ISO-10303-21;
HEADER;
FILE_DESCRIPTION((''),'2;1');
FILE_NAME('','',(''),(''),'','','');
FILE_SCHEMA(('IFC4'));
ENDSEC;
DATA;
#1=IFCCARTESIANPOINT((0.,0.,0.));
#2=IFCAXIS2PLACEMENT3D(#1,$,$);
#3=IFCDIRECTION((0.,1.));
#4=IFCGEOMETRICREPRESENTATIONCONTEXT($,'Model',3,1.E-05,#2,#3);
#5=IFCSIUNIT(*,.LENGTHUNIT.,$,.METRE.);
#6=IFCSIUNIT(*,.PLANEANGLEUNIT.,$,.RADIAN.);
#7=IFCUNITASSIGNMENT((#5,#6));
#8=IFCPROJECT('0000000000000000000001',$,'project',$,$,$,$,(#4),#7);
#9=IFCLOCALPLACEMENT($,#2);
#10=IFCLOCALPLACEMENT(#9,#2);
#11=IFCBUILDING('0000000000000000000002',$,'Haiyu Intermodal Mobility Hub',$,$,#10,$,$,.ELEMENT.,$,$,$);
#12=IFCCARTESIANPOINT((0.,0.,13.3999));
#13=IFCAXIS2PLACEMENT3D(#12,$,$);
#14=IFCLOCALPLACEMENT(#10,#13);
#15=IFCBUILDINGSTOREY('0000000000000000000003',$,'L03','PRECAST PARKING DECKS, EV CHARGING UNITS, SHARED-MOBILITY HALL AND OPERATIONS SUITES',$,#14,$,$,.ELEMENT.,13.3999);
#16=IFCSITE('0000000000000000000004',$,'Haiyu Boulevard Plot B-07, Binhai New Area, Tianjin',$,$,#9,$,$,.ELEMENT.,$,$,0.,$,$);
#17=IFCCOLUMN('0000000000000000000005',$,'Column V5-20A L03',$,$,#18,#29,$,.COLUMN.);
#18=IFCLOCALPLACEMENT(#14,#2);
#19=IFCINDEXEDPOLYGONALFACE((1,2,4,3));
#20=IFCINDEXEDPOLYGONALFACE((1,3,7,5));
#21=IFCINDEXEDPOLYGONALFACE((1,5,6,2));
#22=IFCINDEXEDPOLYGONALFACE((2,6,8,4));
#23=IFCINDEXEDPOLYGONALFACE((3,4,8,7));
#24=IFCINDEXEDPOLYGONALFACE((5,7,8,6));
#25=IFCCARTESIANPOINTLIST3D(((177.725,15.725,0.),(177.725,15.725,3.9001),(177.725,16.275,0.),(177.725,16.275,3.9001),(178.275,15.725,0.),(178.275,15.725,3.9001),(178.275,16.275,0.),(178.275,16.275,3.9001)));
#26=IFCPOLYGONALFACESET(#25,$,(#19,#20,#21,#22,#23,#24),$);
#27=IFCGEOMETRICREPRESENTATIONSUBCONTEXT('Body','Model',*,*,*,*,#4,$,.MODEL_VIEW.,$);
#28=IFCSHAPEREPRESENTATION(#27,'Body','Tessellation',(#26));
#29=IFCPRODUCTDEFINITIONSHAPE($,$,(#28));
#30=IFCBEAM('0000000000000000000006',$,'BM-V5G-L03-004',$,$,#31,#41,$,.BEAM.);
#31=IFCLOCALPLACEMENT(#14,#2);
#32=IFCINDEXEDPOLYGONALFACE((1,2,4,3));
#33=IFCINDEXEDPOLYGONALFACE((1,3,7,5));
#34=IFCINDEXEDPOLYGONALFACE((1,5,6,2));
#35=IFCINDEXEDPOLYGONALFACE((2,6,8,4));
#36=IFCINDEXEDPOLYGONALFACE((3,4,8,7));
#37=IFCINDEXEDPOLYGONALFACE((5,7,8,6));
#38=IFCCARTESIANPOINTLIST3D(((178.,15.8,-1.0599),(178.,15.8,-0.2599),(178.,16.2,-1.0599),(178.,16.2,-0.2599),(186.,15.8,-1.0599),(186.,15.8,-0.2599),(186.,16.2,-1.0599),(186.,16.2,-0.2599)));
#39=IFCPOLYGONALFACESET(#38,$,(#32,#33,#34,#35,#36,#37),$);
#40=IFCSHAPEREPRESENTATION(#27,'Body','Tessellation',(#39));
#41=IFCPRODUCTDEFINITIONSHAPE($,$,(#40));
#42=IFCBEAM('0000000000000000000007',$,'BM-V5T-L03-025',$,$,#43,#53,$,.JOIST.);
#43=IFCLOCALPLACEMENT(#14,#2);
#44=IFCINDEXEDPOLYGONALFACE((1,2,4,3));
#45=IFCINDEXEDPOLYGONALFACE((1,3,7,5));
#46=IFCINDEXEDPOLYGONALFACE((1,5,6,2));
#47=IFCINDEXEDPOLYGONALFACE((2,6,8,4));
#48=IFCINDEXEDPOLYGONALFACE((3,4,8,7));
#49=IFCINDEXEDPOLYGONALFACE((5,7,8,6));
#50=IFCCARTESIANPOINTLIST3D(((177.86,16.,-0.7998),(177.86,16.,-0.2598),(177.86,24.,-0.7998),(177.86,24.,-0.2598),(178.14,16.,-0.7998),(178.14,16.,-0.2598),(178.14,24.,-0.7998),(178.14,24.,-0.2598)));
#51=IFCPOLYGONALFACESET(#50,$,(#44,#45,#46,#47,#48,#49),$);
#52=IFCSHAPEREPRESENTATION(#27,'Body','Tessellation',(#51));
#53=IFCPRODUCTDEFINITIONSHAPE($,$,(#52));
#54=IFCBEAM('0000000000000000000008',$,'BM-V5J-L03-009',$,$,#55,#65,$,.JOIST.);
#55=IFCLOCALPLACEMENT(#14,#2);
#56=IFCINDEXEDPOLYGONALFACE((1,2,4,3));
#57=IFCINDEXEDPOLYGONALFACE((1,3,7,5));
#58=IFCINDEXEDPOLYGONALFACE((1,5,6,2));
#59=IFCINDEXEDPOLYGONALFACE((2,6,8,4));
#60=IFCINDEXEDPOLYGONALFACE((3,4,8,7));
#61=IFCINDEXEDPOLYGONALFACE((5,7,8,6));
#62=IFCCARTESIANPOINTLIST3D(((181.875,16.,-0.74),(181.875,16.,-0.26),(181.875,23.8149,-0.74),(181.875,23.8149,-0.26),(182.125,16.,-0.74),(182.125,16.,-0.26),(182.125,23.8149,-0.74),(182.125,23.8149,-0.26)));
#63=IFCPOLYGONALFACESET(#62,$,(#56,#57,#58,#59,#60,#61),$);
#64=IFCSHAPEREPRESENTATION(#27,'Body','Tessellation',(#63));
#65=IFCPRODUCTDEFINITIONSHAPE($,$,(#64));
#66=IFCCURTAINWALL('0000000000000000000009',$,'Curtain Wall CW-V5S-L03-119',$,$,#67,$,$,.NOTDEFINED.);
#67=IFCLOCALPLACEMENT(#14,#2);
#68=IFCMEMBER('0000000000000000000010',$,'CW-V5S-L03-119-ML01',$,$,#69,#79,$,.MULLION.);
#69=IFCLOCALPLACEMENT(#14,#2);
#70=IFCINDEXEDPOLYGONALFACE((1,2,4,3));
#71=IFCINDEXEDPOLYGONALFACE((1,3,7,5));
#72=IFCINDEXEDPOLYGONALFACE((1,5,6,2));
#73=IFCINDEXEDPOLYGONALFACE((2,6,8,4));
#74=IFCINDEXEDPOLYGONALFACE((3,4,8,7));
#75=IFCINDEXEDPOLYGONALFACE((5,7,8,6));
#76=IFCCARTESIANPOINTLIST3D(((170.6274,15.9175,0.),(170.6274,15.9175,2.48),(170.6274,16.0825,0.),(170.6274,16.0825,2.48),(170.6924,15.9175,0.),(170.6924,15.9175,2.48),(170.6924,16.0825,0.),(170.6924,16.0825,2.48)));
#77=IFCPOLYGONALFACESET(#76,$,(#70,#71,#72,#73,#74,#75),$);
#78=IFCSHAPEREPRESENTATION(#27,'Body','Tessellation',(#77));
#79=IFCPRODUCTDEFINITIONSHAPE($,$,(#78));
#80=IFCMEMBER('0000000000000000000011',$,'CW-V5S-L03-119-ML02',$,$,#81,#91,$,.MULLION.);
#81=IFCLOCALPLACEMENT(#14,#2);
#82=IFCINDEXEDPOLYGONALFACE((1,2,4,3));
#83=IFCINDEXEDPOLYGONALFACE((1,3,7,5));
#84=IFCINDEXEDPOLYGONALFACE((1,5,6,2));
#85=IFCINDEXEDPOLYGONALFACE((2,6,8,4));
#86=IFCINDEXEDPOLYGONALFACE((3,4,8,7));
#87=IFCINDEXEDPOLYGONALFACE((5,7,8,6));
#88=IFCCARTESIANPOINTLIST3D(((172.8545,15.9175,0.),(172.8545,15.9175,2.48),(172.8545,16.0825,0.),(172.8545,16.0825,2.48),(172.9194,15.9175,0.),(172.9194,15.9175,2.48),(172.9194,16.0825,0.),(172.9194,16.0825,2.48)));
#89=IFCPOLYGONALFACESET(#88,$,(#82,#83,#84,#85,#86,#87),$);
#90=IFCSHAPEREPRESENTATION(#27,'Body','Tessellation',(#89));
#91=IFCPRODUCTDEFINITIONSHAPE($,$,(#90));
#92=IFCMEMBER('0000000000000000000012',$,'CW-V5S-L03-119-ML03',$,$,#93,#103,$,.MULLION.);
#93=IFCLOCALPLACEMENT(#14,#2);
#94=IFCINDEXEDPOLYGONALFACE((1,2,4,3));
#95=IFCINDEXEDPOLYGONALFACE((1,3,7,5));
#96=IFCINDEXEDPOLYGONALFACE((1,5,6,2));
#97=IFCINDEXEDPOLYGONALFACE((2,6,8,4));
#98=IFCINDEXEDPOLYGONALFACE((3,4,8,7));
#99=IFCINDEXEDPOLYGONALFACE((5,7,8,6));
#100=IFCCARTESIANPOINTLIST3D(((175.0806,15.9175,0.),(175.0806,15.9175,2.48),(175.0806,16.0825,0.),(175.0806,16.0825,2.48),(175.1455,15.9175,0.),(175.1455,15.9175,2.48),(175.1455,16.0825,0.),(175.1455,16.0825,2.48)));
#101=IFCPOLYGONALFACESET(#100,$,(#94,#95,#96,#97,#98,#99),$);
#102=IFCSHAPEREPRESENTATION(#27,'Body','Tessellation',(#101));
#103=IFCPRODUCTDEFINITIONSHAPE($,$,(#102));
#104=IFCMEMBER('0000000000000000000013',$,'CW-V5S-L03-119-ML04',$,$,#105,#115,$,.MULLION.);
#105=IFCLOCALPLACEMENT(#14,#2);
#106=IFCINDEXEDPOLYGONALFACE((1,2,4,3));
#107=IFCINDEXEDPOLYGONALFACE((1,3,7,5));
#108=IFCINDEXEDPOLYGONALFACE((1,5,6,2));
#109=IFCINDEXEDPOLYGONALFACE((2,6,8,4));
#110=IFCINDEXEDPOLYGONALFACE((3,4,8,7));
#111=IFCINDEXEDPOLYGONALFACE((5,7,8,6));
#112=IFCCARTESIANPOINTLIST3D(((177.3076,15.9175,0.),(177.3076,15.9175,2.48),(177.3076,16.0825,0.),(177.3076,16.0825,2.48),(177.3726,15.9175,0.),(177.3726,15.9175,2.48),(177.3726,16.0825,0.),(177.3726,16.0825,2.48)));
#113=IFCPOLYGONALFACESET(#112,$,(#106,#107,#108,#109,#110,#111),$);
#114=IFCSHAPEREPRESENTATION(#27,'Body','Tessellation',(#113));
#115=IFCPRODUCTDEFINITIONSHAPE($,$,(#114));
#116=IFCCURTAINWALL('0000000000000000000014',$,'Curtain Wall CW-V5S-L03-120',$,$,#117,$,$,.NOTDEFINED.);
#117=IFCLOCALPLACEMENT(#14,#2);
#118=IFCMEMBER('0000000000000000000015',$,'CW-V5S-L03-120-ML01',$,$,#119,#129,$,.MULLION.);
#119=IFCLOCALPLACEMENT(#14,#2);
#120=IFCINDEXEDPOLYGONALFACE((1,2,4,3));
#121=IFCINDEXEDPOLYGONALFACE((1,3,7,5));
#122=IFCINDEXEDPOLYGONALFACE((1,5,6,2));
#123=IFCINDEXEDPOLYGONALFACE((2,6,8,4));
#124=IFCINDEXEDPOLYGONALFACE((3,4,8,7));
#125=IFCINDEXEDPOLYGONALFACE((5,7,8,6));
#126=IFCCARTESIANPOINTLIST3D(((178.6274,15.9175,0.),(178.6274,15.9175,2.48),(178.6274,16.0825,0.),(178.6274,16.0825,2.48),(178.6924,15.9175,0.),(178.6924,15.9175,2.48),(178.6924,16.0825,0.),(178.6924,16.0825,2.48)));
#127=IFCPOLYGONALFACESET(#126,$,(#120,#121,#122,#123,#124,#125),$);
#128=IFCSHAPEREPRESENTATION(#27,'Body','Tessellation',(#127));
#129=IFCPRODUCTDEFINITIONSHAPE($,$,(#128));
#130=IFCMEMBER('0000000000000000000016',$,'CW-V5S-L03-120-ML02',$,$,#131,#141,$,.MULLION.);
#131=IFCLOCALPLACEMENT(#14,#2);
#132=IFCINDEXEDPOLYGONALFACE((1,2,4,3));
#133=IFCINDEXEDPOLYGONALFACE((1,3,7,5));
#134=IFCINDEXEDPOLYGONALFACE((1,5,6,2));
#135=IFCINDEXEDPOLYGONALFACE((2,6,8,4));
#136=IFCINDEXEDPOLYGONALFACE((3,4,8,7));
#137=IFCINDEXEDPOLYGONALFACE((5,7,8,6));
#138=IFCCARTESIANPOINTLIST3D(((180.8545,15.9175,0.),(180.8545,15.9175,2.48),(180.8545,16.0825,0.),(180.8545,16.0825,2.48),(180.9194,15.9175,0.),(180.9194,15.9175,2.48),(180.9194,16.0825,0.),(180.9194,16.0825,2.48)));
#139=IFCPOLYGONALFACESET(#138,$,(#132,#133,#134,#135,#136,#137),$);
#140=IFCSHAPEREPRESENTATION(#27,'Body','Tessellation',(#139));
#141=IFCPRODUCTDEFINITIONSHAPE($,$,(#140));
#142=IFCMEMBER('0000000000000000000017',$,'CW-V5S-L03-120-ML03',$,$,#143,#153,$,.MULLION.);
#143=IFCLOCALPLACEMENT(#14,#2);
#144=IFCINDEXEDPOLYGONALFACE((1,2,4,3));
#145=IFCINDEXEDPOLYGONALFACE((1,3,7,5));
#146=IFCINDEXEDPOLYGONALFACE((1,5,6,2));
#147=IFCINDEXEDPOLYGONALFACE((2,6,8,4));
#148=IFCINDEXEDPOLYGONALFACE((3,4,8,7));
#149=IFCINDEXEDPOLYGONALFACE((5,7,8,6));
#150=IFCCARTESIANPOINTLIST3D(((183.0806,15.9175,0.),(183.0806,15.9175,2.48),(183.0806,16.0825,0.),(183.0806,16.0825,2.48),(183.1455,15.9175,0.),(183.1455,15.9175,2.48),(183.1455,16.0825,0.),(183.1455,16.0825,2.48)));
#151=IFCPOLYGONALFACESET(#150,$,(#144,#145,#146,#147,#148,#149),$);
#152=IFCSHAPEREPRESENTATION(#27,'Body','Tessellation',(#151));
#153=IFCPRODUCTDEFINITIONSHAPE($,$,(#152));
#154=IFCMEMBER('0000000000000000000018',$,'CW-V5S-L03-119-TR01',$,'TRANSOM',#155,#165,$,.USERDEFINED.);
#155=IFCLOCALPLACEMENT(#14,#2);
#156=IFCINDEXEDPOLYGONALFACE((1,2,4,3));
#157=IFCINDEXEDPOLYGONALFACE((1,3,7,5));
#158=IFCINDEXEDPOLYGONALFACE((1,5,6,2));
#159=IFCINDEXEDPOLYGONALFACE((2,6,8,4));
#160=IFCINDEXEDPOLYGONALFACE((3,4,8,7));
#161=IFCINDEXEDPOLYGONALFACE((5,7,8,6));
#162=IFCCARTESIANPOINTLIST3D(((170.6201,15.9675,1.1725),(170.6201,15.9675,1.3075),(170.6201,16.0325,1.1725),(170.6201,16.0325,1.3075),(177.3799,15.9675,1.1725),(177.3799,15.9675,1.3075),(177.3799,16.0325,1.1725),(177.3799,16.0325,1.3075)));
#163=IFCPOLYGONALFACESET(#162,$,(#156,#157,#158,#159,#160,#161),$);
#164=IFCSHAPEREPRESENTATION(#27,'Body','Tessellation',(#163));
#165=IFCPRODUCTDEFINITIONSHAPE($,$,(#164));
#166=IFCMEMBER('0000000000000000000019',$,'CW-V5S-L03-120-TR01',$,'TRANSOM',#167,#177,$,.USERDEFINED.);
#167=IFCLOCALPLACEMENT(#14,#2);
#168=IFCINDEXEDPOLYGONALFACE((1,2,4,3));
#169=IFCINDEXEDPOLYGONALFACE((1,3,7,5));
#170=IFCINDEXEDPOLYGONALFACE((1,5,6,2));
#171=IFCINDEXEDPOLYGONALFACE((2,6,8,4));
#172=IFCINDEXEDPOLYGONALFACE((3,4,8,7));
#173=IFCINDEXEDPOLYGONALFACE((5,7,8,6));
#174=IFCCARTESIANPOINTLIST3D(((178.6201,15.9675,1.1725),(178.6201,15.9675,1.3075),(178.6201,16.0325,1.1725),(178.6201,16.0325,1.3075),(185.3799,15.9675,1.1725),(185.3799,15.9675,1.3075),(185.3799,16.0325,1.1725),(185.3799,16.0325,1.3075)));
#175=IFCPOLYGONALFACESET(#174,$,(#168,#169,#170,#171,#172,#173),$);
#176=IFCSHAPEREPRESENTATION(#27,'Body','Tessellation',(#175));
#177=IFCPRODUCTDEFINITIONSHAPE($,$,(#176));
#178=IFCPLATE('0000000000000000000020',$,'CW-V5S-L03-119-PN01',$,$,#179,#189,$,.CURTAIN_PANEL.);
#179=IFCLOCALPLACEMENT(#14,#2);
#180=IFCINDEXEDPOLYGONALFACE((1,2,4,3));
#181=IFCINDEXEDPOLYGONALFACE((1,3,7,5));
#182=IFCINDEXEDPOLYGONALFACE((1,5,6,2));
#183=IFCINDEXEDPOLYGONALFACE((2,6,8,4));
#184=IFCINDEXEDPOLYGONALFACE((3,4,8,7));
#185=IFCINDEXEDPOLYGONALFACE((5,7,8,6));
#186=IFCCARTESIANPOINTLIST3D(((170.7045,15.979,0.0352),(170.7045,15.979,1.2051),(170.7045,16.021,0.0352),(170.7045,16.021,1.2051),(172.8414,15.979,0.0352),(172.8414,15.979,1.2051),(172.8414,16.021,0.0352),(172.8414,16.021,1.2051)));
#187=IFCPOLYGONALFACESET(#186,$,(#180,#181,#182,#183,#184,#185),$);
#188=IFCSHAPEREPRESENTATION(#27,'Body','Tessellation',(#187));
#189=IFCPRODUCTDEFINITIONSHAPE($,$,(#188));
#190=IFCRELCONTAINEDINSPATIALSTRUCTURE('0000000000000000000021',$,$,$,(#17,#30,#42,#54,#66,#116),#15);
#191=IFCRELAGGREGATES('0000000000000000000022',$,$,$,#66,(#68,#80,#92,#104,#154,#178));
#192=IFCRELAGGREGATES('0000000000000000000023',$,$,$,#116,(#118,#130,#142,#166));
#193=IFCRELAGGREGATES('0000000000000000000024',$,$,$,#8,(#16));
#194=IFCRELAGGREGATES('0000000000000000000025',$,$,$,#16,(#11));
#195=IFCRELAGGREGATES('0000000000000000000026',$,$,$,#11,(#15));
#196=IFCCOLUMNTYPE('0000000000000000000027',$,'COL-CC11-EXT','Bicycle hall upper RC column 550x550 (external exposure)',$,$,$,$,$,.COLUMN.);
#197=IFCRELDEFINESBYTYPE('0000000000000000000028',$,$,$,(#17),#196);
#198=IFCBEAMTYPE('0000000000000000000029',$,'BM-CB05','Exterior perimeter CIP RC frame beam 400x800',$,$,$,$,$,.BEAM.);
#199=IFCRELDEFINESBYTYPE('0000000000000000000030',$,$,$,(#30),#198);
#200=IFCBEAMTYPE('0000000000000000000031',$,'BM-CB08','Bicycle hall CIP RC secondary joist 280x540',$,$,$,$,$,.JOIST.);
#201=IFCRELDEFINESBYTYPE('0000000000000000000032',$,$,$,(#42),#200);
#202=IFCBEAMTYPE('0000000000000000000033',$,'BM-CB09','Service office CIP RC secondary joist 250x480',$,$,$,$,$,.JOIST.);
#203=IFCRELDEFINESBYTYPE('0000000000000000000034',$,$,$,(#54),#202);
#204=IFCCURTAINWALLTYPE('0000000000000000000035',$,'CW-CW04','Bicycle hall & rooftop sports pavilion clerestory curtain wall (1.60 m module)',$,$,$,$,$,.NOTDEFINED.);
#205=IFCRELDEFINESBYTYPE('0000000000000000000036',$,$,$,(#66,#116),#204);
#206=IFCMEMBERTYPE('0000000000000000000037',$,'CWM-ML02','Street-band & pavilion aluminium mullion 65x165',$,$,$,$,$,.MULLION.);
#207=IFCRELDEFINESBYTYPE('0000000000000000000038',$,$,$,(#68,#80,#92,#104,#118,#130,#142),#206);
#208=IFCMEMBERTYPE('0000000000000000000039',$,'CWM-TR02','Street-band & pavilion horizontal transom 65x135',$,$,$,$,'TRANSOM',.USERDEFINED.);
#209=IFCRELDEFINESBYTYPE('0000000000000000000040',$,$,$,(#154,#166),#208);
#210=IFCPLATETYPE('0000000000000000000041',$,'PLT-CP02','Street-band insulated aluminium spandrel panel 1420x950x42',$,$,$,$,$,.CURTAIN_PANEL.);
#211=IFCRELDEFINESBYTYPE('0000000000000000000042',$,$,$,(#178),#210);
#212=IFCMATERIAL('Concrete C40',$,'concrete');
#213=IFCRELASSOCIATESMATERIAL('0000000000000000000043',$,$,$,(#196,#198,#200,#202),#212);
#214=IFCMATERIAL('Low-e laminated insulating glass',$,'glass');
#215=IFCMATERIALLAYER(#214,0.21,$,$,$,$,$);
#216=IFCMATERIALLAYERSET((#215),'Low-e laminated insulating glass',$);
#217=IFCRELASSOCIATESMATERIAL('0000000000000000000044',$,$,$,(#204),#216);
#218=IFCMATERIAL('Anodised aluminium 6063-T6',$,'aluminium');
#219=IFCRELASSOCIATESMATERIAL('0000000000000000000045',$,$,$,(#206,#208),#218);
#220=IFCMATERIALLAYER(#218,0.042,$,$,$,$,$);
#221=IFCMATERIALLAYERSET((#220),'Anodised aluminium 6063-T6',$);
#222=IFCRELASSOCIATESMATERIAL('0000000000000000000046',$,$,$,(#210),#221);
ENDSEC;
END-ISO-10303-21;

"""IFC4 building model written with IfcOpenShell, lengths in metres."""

from ifc_helpers import new_model, si_unit, direction, frame, origin, origin_2d, place, context, subcontext, project, spatial, rectangle, extrude, material, layer, layer_set, material_profile, profile_set, type_object, element, aggregate, save


model = new_model("IFC4")

# Units and contexts
model_context = context("Model", 3, precision=1e-05, world=origin(), true_north=direction((0.0, 1.0)))
body_context = subcontext(model_context, "Body", "Model", "MODEL_VIEW")
ifc_project = project(units=[si_unit("LENGTHUNIT", "METRE"), si_unit("PLANEANGLEUNIT", "RADIAN")], contexts=[model_context])

# Site, building, storey
site_placement = place(None, origin())
site = spatial("IfcSite", under=ifc_project, at=site_placement, Name="Haiyu Boulevard Plot B-07, Binhai New Area, Tianjin", CompositionType="ELEMENT", RefElevation=0.0)
building_placement = place(site_placement, origin())
building = spatial("IfcBuilding", under=site, at=building_placement, Name="Haiyu Intermodal Mobility Hub", CompositionType="ELEMENT")
storey_placement = place(building_placement, frame((0.0, 0.0, 13.3999)))
storey = spatial("IfcBuildingStorey", under=building, at=storey_placement, Name="L03", Description="PRECAST PARKING DECKS, EV CHARGING UNITS, SHARED-MOBILITY HALL AND OPERATIONS SUITES", CompositionType="ELEMENT", Elevation=13.3999)

# Column
ifc_material_1 = material(Name="Concrete C40", Category="concrete")
ifc_material_profile_1 = material_profile(ifc_material_1, rectangle(XDim=0.55, YDim=0.55, at=origin_2d()), Name="RC550x550")
ifc_profile_set_1 = profile_set([ifc_material_profile_1], Name="Concrete C40")
column_type = type_object("IfcColumnType", Name="COL-CC11-EXT", Description="Bicycle hall upper RC column 550x550 (external exposure)", PredefinedType="COLUMN", material=ifc_profile_set_1)
column_placement = place(storey_placement, frame((178.0, 16.0, 0.0), z_axis=(0.0, 0.0, 1.0), x_axis=(1.0, 0.0, 0.0)))
element("IfcColumn", 1, at=column_placement, inside=storey, type_object=column_type, Name="Column V5-20A L03", PredefinedType="COLUMN", context=body_context, shape_type="SweptSolid", body=[
    extrude(rectangle(XDim=0.55, YDim=0.55, at=origin_2d()), origin(), (0.0, 0.0, 1.0), 3.9001),
])

# Beams
ifc_material_profile_2 = material_profile(ifc_material_1, rectangle(XDim=0.3999, YDim=0.8, at=origin_2d()), Name="RCB400x800")
ifc_profile_set_2 = profile_set([ifc_material_profile_2], Name="Concrete C40")
beam_type_1 = type_object("IfcBeamType", Name="BM-CB05", Description="Exterior perimeter CIP RC frame beam 400x800", PredefinedType="BEAM", material=ifc_profile_set_2)
beam_1_placement = place(storey_placement, frame((178.0, 16.0, -0.6599), z_axis=(1.0, 0.0, 0.0), x_axis=(0.0, 1.0, 0.0)))
element("IfcBeam", 2, at=beam_1_placement, inside=storey, type_object=beam_type_1, Name="BM-V5G-L03-004", PredefinedType="BEAM", context=body_context, shape_type="SweptSolid", body=[
    extrude(rectangle(XDim=0.3999, YDim=0.8, at=origin_2d()), origin(), (0.0, 0.0, 1.0), 8.0),
])
ifc_material_profile_3 = material_profile(ifc_material_1, rectangle(XDim=0.28, YDim=0.54, at=origin_2d()), Name="RCB280x540")
ifc_profile_set_3 = profile_set([ifc_material_profile_3], Name="Concrete C40")
beam_type_2 = type_object("IfcBeamType", Name="BM-CB08", Description="Bicycle hall CIP RC secondary joist 280x540", PredefinedType="JOIST", material=ifc_profile_set_3)
beam_2_placement = place(storey_placement, frame((178.0, 16.0, -0.5298), z_axis=(0.0, 1.0, 0.0), x_axis=(-1.0, 0.0, 0.0)))
element("IfcBeam", 3, at=beam_2_placement, inside=storey, type_object=beam_type_2, Name="BM-V5T-L03-025", PredefinedType="JOIST", context=body_context, shape_type="SweptSolid", body=[
    extrude(rectangle(XDim=0.28, YDim=0.54, at=origin_2d()), origin(), (0.0, 0.0, 1.0), 8.0),
])
ifc_material_profile_4 = material_profile(ifc_material_1, rectangle(XDim=0.25, YDim=0.48, at=origin_2d()), Name="RCB250x480")
ifc_profile_set_4 = profile_set([ifc_material_profile_4], Name="Concrete C40")
beam_type_3 = type_object("IfcBeamType", Name="BM-CB09", Description="Service office CIP RC secondary joist 250x480", PredefinedType="JOIST", material=ifc_profile_set_4)
beam_3_placement = place(storey_placement, frame((182.0, 16.0, -0.5), z_axis=(0.0, 1.0, 0.0), x_axis=(-1.0, 0.0, 0.0)))
element("IfcBeam", 4, at=beam_3_placement, inside=storey, type_object=beam_type_3, Name="BM-V5J-L03-009", PredefinedType="JOIST", context=body_context, shape_type="SweptSolid", body=[
    extrude(rectangle(XDim=0.25, YDim=0.48, at=origin_2d()), origin(), (0.0, 0.0, 1.0), 7.8149),
])

# Curtain walls, members
ifc_material_2 = material(Name="Low-e laminated insulating glass", Category="glass")
ifc_layer_1 = layer(ifc_material_2, 0.21)
ifc_layer_set_1 = layer_set([ifc_layer_1], Name="Low-e laminated insulating glass")
curtain_wall_type = type_object("IfcCurtainWallType", Name="CW-CW04", Description="Bicycle hall & rooftop sports pavilion clerestory curtain wall (1.60 m module)", PredefinedType="NOTDEFINED", material=ifc_layer_set_1)
curtain_wall_1_placement = place(storey_placement, origin())
curtain_wall_1 = element("IfcCurtainWall", 5, at=curtain_wall_1_placement, inside=storey, type_object=curtain_wall_type, Name="Curtain Wall CW-V5S-L03-119", PredefinedType="NOTDEFINED")
ifc_material_3 = material(Name="Anodised aluminium 6063-T6", Category="aluminium")
ifc_material_profile_5 = material_profile(ifc_material_3, rectangle(XDim=0.0649, YDim=0.165, at=origin_2d()), Name="ALU65x165")
ifc_profile_set_5 = profile_set([ifc_material_profile_5], Name="Anodised aluminium 6063-T6")
member_type_1 = type_object("IfcMemberType", Name="CWM-ML02", Description="Street-band & pavilion aluminium mullion 65x165", PredefinedType="MULLION", material=ifc_profile_set_5)
member_1_placement = place(storey_placement, frame((170.6599, 16.0, 0.0), z_axis=(0.0, 0.0, 1.0), x_axis=(1.0, 0.0, 0.0)))
member_1 = element("IfcMember", 6, at=member_1_placement, type_object=member_type_1, Name="CW-V5S-L03-119-ML01", PredefinedType="MULLION", context=body_context, shape_type="SweptSolid", body=[
    extrude(rectangle(XDim=0.0649, YDim=0.165, at=origin_2d()), origin(), (0.0, 0.0, 1.0), 2.48),
])
member_2_placement = place(storey_placement, frame((172.887, 16.0, 0.0), z_axis=(0.0, 0.0, 1.0), x_axis=(1.0, 0.0, 0.0)))
member_2 = element("IfcMember", 7, at=member_2_placement, type_object=member_type_1, Name="CW-V5S-L03-119-ML02", PredefinedType="MULLION", context=body_context, shape_type="SweptSolid", body=[
    extrude(rectangle(XDim=0.0649, YDim=0.165, at=origin_2d()), origin(), (0.0, 0.0, 1.0), 2.48),
])
member_3_placement = place(storey_placement, frame((175.113, 16.0, 0.0), z_axis=(0.0, 0.0, 1.0), x_axis=(1.0, 0.0, 0.0)))
member_3 = element("IfcMember", 8, at=member_3_placement, type_object=member_type_1, Name="CW-V5S-L03-119-ML03", PredefinedType="MULLION", context=body_context, shape_type="SweptSolid", body=[
    extrude(rectangle(XDim=0.0649, YDim=0.165, at=origin_2d()), origin(), (0.0, 0.0, 1.0), 2.48),
])
member_4_placement = place(storey_placement, frame((177.3401, 16.0, 0.0), z_axis=(0.0, 0.0, 1.0), x_axis=(1.0, 0.0, 0.0)))
member_4 = element("IfcMember", 9, at=member_4_placement, type_object=member_type_1, Name="CW-V5S-L03-119-ML04", PredefinedType="MULLION", context=body_context, shape_type="SweptSolid", body=[
    extrude(rectangle(XDim=0.0649, YDim=0.165, at=origin_2d()), origin(), (0.0, 0.0, 1.0), 2.48),
])
curtain_wall_2_placement = place(storey_placement, origin())
curtain_wall_2 = element("IfcCurtainWall", 10, at=curtain_wall_2_placement, inside=storey, type_object=curtain_wall_type, Name="Curtain Wall CW-V5S-L03-120", PredefinedType="NOTDEFINED")
member_5_placement = place(storey_placement, frame((178.6599, 16.0, 0.0), z_axis=(0.0, 0.0, 1.0), x_axis=(1.0, 0.0, 0.0)))
member_5 = element("IfcMember", 11, at=member_5_placement, type_object=member_type_1, Name="CW-V5S-L03-120-ML01", PredefinedType="MULLION", context=body_context, shape_type="SweptSolid", body=[
    extrude(rectangle(XDim=0.0649, YDim=0.165, at=origin_2d()), origin(), (0.0, 0.0, 1.0), 2.48),
])
member_6_placement = place(storey_placement, frame((180.887, 16.0, 0.0), z_axis=(0.0, 0.0, 1.0), x_axis=(1.0, 0.0, 0.0)))
member_6 = element("IfcMember", 12, at=member_6_placement, type_object=member_type_1, Name="CW-V5S-L03-120-ML02", PredefinedType="MULLION", context=body_context, shape_type="SweptSolid", body=[
    extrude(rectangle(XDim=0.0649, YDim=0.165, at=origin_2d()), origin(), (0.0, 0.0, 1.0), 2.48),
])
member_7_placement = place(storey_placement, frame((183.113, 16.0, 0.0), z_axis=(0.0, 0.0, 1.0), x_axis=(1.0, 0.0, 0.0)))
member_7 = element("IfcMember", 13, at=member_7_placement, type_object=member_type_1, Name="CW-V5S-L03-120-ML03", PredefinedType="MULLION", context=body_context, shape_type="SweptSolid", body=[
    extrude(rectangle(XDim=0.0649, YDim=0.165, at=origin_2d()), origin(), (0.0, 0.0, 1.0), 2.48),
])

# Members
ifc_material_profile_6 = material_profile(ifc_material_3, rectangle(XDim=0.0649, YDim=0.135, at=origin_2d()), Name="ALU65x135")
ifc_profile_set_6 = profile_set([ifc_material_profile_6], Name="Anodised aluminium 6063-T6")
member_type_2 = type_object("IfcMemberType", Name="CWM-TR02", Description="Street-band & pavilion horizontal transom 65x135", ElementType="TRANSOM", PredefinedType="USERDEFINED", material=ifc_profile_set_6)
member_8_placement = place(storey_placement, frame((170.6201, 16.0, 1.24), z_axis=(1.0, 0.0, 0.0), x_axis=(0.0, 1.0, 0.0)))
member_8 = element("IfcMember", 14, at=member_8_placement, type_object=member_type_2, Name="CW-V5S-L03-119-TR01", ObjectType="TRANSOM", PredefinedType="USERDEFINED", context=body_context, shape_type="SweptSolid", body=[
    extrude(rectangle(XDim=0.0649, YDim=0.135, at=origin_2d()), origin(), (0.0, 0.0, 1.0), 6.7598),
])
member_9_placement = place(storey_placement, frame((178.6201, 16.0, 1.24), z_axis=(1.0, 0.0, 0.0), x_axis=(0.0, 1.0, 0.0)))
member_9 = element("IfcMember", 15, at=member_9_placement, type_object=member_type_2, Name="CW-V5S-L03-120-TR01", ObjectType="TRANSOM", PredefinedType="USERDEFINED", context=body_context, shape_type="SweptSolid", body=[
    extrude(rectangle(XDim=0.0649, YDim=0.135, at=origin_2d()), origin(), (0.0, 0.0, 1.0), 6.7598),
])

# Plate
ifc_layer_2 = layer(ifc_material_3, 0.042)
ifc_layer_set_2 = layer_set([ifc_layer_2], Name="Anodised aluminium 6063-T6")
plate_type_1 = type_object("IfcPlateType", Name="PLT-CP02", Description="Street-band insulated aluminium spandrel panel 1420x950x42", PredefinedType="CURTAIN_PANEL", material=ifc_layer_set_2)
plate_1_placement = place(storey_placement, frame((171.7729, 16.0, 0.0352), z_axis=(0.0, 0.0, 1.0), x_axis=(1.0, 0.0, 0.0)))
plate_1 = element("IfcPlate", 16, at=plate_1_placement, type_object=plate_type_1, Name="CW-V5S-L03-119-PN01", PredefinedType="CURTAIN_PANEL", context=body_context, shape_type="SweptSolid", body=[
    extrude(rectangle(XDim=2.137, YDim=0.042, at=origin_2d()), origin(), (0.0, 0.0, 1.0), 1.1699),
])
aggregate(curtain_wall_1, [member_1, member_2, member_3, member_4, member_8, plate_1])
aggregate(curtain_wall_2, [member_5, member_6, member_7, member_9])

save(model, "model.ifc")
